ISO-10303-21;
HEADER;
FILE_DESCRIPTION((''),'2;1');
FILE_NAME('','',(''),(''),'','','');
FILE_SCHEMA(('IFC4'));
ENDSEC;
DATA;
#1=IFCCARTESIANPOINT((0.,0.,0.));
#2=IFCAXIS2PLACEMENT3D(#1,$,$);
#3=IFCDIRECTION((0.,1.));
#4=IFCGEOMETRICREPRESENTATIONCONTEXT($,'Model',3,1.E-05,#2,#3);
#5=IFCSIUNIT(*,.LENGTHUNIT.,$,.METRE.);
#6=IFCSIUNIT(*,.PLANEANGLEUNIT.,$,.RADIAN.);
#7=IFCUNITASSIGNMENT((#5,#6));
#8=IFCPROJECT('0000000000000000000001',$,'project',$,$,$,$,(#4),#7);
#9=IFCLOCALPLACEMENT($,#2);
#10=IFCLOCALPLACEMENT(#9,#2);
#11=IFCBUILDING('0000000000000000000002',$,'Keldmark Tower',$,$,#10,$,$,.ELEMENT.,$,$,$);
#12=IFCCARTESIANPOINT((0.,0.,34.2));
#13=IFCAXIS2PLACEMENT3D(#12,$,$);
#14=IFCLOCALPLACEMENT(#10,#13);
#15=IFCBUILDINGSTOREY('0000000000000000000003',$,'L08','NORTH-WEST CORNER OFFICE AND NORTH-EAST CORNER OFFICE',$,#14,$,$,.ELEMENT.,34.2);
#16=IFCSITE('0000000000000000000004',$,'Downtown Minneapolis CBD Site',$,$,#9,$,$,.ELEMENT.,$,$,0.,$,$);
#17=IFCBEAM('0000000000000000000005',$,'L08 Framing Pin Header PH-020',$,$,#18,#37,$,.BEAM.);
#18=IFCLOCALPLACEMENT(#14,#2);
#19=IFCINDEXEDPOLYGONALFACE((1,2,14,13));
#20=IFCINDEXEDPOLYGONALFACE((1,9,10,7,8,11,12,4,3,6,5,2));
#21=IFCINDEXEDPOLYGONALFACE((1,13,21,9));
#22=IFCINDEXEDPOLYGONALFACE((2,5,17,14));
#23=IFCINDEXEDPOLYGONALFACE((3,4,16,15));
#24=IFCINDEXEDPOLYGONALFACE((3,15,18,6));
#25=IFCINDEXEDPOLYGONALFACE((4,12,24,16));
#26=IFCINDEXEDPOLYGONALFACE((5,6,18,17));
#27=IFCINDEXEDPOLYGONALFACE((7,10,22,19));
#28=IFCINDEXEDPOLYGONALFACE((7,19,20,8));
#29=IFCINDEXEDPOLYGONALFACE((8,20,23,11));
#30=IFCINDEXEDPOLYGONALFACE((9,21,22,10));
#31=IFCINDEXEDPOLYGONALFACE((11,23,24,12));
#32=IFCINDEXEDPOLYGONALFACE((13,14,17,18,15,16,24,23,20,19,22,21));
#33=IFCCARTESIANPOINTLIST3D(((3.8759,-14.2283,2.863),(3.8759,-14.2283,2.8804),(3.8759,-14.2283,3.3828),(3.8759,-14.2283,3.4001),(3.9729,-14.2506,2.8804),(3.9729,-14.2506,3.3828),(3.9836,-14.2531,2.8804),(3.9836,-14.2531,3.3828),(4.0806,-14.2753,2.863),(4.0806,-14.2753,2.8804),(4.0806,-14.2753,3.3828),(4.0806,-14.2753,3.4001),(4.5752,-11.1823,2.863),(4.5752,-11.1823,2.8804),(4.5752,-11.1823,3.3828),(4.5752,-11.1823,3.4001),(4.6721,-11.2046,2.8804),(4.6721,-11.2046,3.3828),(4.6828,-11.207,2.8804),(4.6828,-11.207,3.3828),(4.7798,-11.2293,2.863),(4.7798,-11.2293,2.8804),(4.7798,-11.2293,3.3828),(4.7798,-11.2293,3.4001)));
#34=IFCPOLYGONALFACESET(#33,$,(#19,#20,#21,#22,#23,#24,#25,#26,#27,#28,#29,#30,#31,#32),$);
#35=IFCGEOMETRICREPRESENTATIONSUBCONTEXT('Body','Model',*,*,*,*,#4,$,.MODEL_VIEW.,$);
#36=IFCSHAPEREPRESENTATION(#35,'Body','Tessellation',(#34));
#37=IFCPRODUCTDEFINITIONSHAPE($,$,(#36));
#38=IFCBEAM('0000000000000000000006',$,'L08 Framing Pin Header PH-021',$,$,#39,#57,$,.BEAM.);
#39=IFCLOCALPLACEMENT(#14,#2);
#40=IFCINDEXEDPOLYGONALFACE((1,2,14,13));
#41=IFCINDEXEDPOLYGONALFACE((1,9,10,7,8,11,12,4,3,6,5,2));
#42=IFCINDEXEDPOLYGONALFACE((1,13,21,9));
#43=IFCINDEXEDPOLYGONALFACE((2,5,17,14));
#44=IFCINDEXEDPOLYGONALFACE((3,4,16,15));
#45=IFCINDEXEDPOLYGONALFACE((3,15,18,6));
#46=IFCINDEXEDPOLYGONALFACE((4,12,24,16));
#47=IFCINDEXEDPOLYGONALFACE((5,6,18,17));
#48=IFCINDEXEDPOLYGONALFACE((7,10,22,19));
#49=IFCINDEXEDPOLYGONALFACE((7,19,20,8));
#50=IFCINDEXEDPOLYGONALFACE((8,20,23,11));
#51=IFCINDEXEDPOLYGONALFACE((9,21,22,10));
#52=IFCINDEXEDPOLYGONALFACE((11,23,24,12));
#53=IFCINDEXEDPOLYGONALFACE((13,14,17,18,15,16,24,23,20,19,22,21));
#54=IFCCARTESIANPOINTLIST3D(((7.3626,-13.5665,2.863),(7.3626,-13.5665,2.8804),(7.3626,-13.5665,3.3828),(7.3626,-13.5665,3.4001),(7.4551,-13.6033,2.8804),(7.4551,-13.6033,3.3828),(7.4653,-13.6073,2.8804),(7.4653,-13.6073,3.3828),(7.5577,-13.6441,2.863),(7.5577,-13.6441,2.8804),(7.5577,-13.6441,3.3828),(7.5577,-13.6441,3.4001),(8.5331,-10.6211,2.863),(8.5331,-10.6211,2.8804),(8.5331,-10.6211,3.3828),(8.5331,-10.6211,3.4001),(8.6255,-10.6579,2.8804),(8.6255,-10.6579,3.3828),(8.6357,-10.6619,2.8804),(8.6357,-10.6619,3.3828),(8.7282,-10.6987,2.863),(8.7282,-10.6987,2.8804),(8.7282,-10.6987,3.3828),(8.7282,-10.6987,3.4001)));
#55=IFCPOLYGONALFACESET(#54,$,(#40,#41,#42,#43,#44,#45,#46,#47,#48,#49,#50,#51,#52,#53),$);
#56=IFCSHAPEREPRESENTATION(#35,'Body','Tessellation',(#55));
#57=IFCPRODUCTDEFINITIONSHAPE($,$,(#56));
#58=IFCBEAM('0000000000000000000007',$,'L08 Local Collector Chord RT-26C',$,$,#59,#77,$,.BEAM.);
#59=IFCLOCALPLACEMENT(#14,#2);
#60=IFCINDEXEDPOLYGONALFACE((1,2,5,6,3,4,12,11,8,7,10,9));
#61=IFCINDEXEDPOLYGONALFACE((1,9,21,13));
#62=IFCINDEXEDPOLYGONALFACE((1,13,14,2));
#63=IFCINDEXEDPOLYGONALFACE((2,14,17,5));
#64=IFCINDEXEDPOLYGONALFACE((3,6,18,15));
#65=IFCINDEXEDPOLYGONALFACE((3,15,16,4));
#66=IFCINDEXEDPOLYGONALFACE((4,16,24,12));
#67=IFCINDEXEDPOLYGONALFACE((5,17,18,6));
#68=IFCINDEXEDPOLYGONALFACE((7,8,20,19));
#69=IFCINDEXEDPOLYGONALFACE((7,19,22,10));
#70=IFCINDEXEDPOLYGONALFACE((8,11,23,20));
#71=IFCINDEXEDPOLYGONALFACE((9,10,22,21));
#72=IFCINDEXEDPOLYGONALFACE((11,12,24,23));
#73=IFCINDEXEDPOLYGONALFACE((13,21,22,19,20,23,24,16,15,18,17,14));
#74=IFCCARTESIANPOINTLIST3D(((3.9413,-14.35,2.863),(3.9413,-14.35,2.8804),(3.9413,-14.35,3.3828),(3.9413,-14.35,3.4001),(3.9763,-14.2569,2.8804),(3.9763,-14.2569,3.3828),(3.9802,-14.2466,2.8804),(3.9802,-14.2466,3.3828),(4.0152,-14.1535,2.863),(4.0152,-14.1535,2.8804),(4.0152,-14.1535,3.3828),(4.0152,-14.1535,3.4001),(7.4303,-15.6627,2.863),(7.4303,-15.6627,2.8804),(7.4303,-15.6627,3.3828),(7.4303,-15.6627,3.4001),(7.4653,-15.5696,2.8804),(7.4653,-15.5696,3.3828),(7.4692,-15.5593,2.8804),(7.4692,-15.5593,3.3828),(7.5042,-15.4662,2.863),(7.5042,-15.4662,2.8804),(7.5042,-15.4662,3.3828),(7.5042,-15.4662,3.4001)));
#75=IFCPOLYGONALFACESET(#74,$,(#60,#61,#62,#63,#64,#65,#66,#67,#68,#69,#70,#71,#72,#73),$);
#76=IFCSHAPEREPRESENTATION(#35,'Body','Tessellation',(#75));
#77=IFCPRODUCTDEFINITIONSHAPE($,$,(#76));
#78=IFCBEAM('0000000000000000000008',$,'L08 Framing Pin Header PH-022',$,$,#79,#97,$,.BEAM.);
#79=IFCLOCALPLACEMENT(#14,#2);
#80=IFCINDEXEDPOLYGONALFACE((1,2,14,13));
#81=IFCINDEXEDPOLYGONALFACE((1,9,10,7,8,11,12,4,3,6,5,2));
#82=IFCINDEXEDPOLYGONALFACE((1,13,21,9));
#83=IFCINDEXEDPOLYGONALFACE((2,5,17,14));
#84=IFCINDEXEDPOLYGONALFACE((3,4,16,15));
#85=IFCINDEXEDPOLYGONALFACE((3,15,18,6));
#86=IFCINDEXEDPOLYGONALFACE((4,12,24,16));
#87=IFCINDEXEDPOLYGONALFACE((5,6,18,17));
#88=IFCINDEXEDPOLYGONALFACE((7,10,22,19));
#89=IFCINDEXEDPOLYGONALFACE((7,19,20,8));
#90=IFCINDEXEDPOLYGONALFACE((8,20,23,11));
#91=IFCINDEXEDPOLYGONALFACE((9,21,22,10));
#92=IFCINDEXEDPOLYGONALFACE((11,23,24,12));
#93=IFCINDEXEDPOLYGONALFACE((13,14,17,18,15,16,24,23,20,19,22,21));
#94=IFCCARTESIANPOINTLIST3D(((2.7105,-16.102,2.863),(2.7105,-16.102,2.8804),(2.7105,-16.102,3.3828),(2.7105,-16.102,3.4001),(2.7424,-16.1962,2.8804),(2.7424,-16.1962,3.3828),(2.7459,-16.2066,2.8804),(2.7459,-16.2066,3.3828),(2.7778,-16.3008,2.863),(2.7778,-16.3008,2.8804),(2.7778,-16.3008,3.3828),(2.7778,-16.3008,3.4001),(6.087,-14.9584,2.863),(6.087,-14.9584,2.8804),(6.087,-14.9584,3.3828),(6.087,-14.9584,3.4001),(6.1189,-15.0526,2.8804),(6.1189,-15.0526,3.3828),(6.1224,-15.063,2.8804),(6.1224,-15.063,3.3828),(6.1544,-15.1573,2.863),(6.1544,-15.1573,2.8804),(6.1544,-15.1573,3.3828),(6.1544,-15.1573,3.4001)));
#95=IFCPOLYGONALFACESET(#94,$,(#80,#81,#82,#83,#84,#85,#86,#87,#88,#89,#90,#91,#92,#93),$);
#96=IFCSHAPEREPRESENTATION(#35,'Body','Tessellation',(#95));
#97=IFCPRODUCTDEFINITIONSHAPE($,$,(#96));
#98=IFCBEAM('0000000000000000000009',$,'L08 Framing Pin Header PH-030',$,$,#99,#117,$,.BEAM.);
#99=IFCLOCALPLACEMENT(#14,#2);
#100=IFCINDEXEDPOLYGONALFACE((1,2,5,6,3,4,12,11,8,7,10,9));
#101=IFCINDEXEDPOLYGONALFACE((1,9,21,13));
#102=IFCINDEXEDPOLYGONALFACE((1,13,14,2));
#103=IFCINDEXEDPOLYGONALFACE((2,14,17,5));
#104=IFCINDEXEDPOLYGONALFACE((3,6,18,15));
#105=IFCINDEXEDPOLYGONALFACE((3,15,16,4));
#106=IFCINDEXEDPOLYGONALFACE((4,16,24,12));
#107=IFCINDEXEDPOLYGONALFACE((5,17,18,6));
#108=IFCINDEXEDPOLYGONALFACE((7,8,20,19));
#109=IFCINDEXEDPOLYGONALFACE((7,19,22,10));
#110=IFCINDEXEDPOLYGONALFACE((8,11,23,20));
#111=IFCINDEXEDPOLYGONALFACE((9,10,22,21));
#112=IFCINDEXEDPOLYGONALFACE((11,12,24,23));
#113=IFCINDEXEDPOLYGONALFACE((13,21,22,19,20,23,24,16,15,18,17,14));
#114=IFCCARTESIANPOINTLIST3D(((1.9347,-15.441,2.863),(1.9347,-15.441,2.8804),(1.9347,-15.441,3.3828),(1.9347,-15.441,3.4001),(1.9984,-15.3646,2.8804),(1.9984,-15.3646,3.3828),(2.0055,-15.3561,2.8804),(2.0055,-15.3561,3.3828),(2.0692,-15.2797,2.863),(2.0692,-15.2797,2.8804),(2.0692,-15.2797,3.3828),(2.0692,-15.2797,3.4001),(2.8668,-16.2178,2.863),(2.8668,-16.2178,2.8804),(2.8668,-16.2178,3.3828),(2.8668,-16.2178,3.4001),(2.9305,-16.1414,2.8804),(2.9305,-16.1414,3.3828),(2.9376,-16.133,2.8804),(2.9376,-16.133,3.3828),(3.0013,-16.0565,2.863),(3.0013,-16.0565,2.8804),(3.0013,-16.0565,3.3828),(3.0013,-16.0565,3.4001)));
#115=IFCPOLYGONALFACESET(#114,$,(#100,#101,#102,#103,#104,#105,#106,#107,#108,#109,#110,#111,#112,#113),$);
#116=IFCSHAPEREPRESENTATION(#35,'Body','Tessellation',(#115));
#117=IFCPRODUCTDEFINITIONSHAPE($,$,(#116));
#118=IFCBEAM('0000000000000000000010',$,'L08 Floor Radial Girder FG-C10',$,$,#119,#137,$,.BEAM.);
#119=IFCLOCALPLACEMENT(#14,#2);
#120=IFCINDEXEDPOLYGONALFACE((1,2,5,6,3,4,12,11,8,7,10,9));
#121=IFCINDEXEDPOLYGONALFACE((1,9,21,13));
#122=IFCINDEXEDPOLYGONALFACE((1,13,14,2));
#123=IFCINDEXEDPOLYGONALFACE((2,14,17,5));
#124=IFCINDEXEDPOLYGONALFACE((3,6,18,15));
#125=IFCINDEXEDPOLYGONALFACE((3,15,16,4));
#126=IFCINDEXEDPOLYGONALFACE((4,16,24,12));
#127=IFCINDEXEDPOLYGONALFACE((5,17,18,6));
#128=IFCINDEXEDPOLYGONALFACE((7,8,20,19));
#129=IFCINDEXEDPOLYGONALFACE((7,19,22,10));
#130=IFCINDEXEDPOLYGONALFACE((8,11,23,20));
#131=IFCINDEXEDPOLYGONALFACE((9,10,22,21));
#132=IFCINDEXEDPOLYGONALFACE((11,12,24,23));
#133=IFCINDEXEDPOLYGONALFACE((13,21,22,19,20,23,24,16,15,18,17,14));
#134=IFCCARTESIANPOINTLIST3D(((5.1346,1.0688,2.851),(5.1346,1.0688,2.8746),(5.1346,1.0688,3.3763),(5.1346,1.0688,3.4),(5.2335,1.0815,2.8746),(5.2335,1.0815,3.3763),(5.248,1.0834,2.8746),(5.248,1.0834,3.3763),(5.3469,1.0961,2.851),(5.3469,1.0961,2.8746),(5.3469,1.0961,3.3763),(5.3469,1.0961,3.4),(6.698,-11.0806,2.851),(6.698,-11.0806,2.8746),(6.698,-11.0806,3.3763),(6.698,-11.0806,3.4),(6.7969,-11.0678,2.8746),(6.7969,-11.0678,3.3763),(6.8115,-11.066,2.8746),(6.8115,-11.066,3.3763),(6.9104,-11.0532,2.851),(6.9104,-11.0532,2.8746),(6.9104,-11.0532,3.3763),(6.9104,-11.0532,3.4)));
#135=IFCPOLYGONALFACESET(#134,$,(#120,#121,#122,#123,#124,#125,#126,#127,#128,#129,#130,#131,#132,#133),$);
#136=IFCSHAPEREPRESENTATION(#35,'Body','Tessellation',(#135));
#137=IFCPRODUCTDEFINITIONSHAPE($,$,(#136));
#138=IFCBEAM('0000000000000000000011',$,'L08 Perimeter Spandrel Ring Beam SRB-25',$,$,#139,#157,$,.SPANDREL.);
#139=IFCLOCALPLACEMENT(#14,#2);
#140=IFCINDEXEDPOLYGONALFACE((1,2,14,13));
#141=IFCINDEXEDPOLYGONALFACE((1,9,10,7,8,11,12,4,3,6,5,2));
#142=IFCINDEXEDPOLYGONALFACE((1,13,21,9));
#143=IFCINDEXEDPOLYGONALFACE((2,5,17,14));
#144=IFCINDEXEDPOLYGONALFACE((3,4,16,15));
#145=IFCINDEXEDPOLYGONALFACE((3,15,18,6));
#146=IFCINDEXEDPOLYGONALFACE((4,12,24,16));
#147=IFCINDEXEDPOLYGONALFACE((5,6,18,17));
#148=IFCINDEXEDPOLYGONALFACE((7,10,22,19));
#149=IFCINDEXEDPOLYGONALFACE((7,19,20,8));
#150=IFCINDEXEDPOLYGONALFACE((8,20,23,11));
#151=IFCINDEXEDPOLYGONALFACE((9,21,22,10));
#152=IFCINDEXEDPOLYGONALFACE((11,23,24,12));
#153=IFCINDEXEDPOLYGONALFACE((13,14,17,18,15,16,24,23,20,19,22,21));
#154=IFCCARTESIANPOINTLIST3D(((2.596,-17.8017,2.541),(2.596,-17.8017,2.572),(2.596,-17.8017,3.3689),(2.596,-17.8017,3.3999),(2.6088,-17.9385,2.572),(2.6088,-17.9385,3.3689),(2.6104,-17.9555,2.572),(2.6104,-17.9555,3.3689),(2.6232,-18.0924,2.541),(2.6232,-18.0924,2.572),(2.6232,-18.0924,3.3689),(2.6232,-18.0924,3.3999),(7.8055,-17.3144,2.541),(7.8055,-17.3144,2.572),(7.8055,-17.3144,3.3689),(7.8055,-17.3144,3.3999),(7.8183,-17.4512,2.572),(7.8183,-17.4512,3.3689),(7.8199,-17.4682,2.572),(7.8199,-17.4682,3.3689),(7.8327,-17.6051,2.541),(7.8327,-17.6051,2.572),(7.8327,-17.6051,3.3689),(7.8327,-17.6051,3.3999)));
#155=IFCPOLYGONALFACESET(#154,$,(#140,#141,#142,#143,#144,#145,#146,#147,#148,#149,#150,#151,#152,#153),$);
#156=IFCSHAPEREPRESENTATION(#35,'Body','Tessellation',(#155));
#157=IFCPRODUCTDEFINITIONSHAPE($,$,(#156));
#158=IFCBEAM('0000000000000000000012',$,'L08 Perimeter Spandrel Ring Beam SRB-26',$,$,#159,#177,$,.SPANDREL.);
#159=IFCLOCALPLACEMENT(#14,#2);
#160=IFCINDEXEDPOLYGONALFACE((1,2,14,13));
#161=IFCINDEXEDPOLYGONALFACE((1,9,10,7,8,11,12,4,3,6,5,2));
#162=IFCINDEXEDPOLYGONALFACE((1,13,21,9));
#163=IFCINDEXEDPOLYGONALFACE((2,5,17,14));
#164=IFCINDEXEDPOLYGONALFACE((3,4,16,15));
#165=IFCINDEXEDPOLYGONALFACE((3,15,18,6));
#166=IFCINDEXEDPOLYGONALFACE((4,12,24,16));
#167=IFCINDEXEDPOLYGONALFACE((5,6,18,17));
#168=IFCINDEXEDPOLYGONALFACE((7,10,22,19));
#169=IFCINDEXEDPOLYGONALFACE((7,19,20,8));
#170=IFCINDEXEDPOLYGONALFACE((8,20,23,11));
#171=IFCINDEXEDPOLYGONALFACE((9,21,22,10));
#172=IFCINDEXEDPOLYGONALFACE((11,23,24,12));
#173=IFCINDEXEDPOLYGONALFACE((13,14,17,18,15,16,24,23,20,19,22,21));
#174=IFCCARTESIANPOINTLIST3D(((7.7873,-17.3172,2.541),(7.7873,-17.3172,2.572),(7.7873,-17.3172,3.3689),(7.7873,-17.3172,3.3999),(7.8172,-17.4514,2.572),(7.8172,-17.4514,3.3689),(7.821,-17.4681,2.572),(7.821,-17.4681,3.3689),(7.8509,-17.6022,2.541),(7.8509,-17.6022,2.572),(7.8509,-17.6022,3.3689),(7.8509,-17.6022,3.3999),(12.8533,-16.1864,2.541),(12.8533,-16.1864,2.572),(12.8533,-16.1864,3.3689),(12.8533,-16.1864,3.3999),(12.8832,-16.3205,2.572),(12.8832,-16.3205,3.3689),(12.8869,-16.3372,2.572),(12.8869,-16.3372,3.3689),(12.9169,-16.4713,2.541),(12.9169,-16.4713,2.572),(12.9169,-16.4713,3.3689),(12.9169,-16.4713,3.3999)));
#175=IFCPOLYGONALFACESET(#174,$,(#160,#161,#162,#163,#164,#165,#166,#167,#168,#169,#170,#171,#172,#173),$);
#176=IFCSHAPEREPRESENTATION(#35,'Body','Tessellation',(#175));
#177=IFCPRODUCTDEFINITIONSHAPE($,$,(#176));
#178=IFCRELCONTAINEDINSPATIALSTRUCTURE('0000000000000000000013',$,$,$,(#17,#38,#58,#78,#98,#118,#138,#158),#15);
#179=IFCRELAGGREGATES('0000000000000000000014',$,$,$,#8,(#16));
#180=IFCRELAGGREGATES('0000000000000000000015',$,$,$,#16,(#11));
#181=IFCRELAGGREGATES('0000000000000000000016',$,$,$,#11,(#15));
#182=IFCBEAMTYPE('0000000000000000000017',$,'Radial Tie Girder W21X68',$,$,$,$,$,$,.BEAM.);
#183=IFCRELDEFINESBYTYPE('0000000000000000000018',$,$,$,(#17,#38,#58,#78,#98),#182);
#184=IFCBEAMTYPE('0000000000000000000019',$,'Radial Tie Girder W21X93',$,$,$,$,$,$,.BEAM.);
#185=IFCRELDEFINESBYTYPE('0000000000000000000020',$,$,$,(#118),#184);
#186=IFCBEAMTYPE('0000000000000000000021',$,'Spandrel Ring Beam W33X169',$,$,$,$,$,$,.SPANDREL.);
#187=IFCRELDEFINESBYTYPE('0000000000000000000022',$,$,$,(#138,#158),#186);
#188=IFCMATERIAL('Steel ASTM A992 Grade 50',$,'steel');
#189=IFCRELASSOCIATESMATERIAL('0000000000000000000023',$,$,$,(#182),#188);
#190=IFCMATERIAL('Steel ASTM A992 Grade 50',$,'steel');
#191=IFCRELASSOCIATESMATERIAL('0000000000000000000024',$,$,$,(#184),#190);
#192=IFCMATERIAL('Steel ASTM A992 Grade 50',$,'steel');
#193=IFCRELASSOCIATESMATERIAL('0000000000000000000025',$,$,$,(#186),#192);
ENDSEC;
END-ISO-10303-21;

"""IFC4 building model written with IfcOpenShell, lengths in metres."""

from ifc_helpers import new_model, si_unit, direction, frame, origin, origin_2d, place, context, subcontext, project, spatial, i_section, extrude, material, material_profile, profile_set, type_object, element, save


model = new_model("IFC4")

# Units and contexts
model_context = context("Model", 3, precision=1e-05, world=origin(), true_north=direction((0.0, 1.0)))
body_context = subcontext(model_context, "Body", "Model", "MODEL_VIEW")
ifc_project = project(units=[si_unit("LENGTHUNIT", "METRE"), si_unit("PLANEANGLEUNIT", "RADIAN")], contexts=[model_context])

# Site, building, storey
site_placement = place(None, origin())
site = spatial("IfcSite", under=ifc_project, at=site_placement, Name="Downtown Minneapolis CBD Site", CompositionType="ELEMENT", RefElevation=0.0)
building_placement = place(site_placement, origin())
building = spatial("IfcBuilding", under=site, at=building_placement, Name="Keldmark Tower", CompositionType="ELEMENT")
storey_placement = place(building_placement, frame((0.0, 0.0, 34.2)))
storey = spatial("IfcBuildingStorey", under=building, at=storey_placement, Name="L08", Description="NORTH-WEST CORNER OFFICE AND NORTH-EAST CORNER OFFICE", CompositionType="ELEMENT", Elevation=34.2)

# Beams
ifc_material_1 = material(Name="Steel ASTM A992 Grade 50", Category="steel")
ifc_material_profile_1 = material_profile(ifc_material_1, i_section(OverallWidth=0.21, OverallDepth=0.5371, WebThickness=0.011, FlangeThickness=0.0173, at=origin_2d()), Name="W21X68")
ifc_profile_set_1 = profile_set([ifc_material_profile_1], Name="Steel ASTM A992 Grade 50")
beam_type_1 = type_object("IfcBeamType", Name="Radial Tie Girder W21X68", PredefinedType="BEAM", material=ifc_profile_set_1)
beam_1_placement = place(storey_placement, frame((4.6775, -11.2058, 3.1316), z_axis=(-0.223741, -0.974649, 0.0), x_axis=(0.974649, -0.223741, 0.0)))
element("IfcBeam", 1, at=beam_1_placement, inside=storey, type_object=beam_type_1, Name="L08 Framing Pin Header PH-020", PredefinedType="BEAM", context=body_context, shape_type="SweptSolid", body=[
    extrude(i_section(OverallWidth=0.21, OverallDepth=0.5371, WebThickness=0.011, FlangeThickness=0.0173, at=origin_2d()), origin(), (0.0, 0.0, 1.0), 3.1252),
])
beam_2_placement = place(storey_placement, frame((8.6306, -10.6599, 3.1316), z_axis=(-0.369291, -0.929314, 0.0), x_axis=(0.929314, -0.369291, 0.0)))
element("IfcBeam", 2, at=beam_2_placement, inside=storey, type_object=beam_type_1, Name="L08 Framing Pin Header PH-021", PredefinedType="BEAM", context=body_context, shape_type="SweptSolid", body=[
    extrude(i_section(OverallWidth=0.21, OverallDepth=0.5371, WebThickness=0.011, FlangeThickness=0.0173, at=origin_2d()), origin(), (0.0, 0.0, 1.0), 3.1694),
])
beam_3_placement = place(storey_placement, frame((3.9783, -14.2517, 3.1316), z_axis=(0.935944, -0.35215, 0.0), x_axis=(0.35215, 0.935944, 0.0)))
element("IfcBeam", 3, at=beam_3_placement, inside=storey, type_object=beam_type_1, Name="L08 Local Collector Chord RT-26C", PredefinedType="BEAM", context=body_context, shape_type="SweptSolid", body=[
    extrude(i_section(OverallWidth=0.21, OverallDepth=0.5371, WebThickness=0.011, FlangeThickness=0.0173, at=origin_2d()), origin(), (0.0, 0.0, 1.0), 3.7278),
])
beam_4_placement = place(storey_placement, frame((2.7441, -16.2014, 3.1316), z_axis=(0.947152, 0.320785, 0.0), x_axis=(-0.320785, 0.947152, 0.0)))
element("IfcBeam", 4, at=beam_4_placement, inside=storey, type_object=beam_type_1, Name="L08 Framing Pin Header PH-022", PredefinedType="BEAM", context=body_context, shape_type="SweptSolid", body=[
    extrude(i_section(OverallWidth=0.21, OverallDepth=0.5371, WebThickness=0.011, FlangeThickness=0.0173, at=origin_2d()), origin(), (0.0, 0.0, 1.0), 3.5649),
])
beam_5_placement = place(storey_placement, frame((2.002, -15.3604, 3.1316), z_axis=(0.768188, -0.640224, 0.0), x_axis=(0.640224, 0.768188, 0.0)))
element("IfcBeam", 5, at=beam_5_placement, inside=storey, type_object=beam_type_1, Name="L08 Framing Pin Header PH-030", PredefinedType="BEAM", context=body_context, shape_type="SweptSolid", body=[
    extrude(i_section(OverallWidth=0.21, OverallDepth=0.5371, WebThickness=0.011, FlangeThickness=0.0173, at=origin_2d()), origin(), (0.0, 0.0, 1.0), 1.2134),
])
ifc_material_2 = material(Name="Steel ASTM A992 Grade 50", Category="steel")
ifc_material_profile_2 = material_profile(ifc_material_2, i_section(OverallWidth=0.2141, OverallDepth=0.5491, WebThickness=0.0146, FlangeThickness=0.0237, at=origin_2d()), Name="W21X93")
ifc_profile_set_2 = profile_set([ifc_material_profile_2], Name="Steel ASTM A992 Grade 50")
beam_type_2 = type_object("IfcBeamType", Name="Radial Tie Girder W21X93", PredefinedType="BEAM", material=ifc_profile_set_2)
beam_6_placement = place(storey_placement, frame((6.8042, -11.0669, 3.1255), z_axis=(-0.127635, 0.991821, 0.0), x_axis=(-0.991821, -0.127635, 0.0)))
element("IfcBeam", 6, at=beam_6_placement, inside=storey, type_object=beam_type_2, Name="L08 Floor Radial Girder FG-C10", PredefinedType="BEAM", context=body_context, shape_type="SweptSolid", body=[
    extrude(i_section(OverallWidth=0.2141, OverallDepth=0.5491, WebThickness=0.0146, FlangeThickness=0.0237, at=origin_2d()), origin(), (0.0, 0.0, 1.0), 12.2495),
])
ifc_material_3 = material(Name="Steel ASTM A992 Grade 50", Category="steel")
ifc_material_profile_3 = material_profile(ifc_material_3, i_section(OverallWidth=0.292, OverallDepth=0.8589, WebThickness=0.0171, FlangeThickness=0.031, at=origin_2d()), Name="W33X169")
ifc_profile_set_3 = profile_set([ifc_material_profile_3], Name="Steel ASTM A992 Grade 50")
beam_type_3 = type_object("IfcBeamType", Name="Spandrel Ring Beam W33X169", PredefinedType="SPANDREL", material=ifc_profile_set_3)
beam_7_placement = place(storey_placement, frame((2.6096, -17.947, 2.9705), z_axis=(0.995653, 0.093135, 0.0), x_axis=(-0.093135, 0.995653, 0.0)))
element("IfcBeam", 7, at=beam_7_placement, inside=storey, type_object=beam_type_3, Name="L08 Perimeter Spandrel Ring Beam SRB-25", PredefinedType="SPANDREL", context=body_context, shape_type="SweptSolid", body=[
    extrude(i_section(OverallWidth=0.292, OverallDepth=0.8589, WebThickness=0.0171, FlangeThickness=0.031, at=origin_2d()), origin(), (0.0, 0.0, 1.0), 5.2322),
])
beam_8_placement = place(storey_placement, frame((7.8191, -17.4597, 2.9705), z_axis=(0.975979, 0.217867, 0.0), x_axis=(-0.217867, 0.975979, 0.0)))
element("IfcBeam", 8, at=beam_8_placement, inside=storey, type_object=beam_type_3, Name="L08 Perimeter Spandrel Ring Beam SRB-26", PredefinedType="SPANDREL", context=body_context, shape_type="SweptSolid", body=[
    extrude(i_section(OverallWidth=0.292, OverallDepth=0.8589, WebThickness=0.0171, FlangeThickness=0.031, at=origin_2d()), origin(), (0.0, 0.0, 1.0), 5.1907),
])

save(model, "model.ifc")
